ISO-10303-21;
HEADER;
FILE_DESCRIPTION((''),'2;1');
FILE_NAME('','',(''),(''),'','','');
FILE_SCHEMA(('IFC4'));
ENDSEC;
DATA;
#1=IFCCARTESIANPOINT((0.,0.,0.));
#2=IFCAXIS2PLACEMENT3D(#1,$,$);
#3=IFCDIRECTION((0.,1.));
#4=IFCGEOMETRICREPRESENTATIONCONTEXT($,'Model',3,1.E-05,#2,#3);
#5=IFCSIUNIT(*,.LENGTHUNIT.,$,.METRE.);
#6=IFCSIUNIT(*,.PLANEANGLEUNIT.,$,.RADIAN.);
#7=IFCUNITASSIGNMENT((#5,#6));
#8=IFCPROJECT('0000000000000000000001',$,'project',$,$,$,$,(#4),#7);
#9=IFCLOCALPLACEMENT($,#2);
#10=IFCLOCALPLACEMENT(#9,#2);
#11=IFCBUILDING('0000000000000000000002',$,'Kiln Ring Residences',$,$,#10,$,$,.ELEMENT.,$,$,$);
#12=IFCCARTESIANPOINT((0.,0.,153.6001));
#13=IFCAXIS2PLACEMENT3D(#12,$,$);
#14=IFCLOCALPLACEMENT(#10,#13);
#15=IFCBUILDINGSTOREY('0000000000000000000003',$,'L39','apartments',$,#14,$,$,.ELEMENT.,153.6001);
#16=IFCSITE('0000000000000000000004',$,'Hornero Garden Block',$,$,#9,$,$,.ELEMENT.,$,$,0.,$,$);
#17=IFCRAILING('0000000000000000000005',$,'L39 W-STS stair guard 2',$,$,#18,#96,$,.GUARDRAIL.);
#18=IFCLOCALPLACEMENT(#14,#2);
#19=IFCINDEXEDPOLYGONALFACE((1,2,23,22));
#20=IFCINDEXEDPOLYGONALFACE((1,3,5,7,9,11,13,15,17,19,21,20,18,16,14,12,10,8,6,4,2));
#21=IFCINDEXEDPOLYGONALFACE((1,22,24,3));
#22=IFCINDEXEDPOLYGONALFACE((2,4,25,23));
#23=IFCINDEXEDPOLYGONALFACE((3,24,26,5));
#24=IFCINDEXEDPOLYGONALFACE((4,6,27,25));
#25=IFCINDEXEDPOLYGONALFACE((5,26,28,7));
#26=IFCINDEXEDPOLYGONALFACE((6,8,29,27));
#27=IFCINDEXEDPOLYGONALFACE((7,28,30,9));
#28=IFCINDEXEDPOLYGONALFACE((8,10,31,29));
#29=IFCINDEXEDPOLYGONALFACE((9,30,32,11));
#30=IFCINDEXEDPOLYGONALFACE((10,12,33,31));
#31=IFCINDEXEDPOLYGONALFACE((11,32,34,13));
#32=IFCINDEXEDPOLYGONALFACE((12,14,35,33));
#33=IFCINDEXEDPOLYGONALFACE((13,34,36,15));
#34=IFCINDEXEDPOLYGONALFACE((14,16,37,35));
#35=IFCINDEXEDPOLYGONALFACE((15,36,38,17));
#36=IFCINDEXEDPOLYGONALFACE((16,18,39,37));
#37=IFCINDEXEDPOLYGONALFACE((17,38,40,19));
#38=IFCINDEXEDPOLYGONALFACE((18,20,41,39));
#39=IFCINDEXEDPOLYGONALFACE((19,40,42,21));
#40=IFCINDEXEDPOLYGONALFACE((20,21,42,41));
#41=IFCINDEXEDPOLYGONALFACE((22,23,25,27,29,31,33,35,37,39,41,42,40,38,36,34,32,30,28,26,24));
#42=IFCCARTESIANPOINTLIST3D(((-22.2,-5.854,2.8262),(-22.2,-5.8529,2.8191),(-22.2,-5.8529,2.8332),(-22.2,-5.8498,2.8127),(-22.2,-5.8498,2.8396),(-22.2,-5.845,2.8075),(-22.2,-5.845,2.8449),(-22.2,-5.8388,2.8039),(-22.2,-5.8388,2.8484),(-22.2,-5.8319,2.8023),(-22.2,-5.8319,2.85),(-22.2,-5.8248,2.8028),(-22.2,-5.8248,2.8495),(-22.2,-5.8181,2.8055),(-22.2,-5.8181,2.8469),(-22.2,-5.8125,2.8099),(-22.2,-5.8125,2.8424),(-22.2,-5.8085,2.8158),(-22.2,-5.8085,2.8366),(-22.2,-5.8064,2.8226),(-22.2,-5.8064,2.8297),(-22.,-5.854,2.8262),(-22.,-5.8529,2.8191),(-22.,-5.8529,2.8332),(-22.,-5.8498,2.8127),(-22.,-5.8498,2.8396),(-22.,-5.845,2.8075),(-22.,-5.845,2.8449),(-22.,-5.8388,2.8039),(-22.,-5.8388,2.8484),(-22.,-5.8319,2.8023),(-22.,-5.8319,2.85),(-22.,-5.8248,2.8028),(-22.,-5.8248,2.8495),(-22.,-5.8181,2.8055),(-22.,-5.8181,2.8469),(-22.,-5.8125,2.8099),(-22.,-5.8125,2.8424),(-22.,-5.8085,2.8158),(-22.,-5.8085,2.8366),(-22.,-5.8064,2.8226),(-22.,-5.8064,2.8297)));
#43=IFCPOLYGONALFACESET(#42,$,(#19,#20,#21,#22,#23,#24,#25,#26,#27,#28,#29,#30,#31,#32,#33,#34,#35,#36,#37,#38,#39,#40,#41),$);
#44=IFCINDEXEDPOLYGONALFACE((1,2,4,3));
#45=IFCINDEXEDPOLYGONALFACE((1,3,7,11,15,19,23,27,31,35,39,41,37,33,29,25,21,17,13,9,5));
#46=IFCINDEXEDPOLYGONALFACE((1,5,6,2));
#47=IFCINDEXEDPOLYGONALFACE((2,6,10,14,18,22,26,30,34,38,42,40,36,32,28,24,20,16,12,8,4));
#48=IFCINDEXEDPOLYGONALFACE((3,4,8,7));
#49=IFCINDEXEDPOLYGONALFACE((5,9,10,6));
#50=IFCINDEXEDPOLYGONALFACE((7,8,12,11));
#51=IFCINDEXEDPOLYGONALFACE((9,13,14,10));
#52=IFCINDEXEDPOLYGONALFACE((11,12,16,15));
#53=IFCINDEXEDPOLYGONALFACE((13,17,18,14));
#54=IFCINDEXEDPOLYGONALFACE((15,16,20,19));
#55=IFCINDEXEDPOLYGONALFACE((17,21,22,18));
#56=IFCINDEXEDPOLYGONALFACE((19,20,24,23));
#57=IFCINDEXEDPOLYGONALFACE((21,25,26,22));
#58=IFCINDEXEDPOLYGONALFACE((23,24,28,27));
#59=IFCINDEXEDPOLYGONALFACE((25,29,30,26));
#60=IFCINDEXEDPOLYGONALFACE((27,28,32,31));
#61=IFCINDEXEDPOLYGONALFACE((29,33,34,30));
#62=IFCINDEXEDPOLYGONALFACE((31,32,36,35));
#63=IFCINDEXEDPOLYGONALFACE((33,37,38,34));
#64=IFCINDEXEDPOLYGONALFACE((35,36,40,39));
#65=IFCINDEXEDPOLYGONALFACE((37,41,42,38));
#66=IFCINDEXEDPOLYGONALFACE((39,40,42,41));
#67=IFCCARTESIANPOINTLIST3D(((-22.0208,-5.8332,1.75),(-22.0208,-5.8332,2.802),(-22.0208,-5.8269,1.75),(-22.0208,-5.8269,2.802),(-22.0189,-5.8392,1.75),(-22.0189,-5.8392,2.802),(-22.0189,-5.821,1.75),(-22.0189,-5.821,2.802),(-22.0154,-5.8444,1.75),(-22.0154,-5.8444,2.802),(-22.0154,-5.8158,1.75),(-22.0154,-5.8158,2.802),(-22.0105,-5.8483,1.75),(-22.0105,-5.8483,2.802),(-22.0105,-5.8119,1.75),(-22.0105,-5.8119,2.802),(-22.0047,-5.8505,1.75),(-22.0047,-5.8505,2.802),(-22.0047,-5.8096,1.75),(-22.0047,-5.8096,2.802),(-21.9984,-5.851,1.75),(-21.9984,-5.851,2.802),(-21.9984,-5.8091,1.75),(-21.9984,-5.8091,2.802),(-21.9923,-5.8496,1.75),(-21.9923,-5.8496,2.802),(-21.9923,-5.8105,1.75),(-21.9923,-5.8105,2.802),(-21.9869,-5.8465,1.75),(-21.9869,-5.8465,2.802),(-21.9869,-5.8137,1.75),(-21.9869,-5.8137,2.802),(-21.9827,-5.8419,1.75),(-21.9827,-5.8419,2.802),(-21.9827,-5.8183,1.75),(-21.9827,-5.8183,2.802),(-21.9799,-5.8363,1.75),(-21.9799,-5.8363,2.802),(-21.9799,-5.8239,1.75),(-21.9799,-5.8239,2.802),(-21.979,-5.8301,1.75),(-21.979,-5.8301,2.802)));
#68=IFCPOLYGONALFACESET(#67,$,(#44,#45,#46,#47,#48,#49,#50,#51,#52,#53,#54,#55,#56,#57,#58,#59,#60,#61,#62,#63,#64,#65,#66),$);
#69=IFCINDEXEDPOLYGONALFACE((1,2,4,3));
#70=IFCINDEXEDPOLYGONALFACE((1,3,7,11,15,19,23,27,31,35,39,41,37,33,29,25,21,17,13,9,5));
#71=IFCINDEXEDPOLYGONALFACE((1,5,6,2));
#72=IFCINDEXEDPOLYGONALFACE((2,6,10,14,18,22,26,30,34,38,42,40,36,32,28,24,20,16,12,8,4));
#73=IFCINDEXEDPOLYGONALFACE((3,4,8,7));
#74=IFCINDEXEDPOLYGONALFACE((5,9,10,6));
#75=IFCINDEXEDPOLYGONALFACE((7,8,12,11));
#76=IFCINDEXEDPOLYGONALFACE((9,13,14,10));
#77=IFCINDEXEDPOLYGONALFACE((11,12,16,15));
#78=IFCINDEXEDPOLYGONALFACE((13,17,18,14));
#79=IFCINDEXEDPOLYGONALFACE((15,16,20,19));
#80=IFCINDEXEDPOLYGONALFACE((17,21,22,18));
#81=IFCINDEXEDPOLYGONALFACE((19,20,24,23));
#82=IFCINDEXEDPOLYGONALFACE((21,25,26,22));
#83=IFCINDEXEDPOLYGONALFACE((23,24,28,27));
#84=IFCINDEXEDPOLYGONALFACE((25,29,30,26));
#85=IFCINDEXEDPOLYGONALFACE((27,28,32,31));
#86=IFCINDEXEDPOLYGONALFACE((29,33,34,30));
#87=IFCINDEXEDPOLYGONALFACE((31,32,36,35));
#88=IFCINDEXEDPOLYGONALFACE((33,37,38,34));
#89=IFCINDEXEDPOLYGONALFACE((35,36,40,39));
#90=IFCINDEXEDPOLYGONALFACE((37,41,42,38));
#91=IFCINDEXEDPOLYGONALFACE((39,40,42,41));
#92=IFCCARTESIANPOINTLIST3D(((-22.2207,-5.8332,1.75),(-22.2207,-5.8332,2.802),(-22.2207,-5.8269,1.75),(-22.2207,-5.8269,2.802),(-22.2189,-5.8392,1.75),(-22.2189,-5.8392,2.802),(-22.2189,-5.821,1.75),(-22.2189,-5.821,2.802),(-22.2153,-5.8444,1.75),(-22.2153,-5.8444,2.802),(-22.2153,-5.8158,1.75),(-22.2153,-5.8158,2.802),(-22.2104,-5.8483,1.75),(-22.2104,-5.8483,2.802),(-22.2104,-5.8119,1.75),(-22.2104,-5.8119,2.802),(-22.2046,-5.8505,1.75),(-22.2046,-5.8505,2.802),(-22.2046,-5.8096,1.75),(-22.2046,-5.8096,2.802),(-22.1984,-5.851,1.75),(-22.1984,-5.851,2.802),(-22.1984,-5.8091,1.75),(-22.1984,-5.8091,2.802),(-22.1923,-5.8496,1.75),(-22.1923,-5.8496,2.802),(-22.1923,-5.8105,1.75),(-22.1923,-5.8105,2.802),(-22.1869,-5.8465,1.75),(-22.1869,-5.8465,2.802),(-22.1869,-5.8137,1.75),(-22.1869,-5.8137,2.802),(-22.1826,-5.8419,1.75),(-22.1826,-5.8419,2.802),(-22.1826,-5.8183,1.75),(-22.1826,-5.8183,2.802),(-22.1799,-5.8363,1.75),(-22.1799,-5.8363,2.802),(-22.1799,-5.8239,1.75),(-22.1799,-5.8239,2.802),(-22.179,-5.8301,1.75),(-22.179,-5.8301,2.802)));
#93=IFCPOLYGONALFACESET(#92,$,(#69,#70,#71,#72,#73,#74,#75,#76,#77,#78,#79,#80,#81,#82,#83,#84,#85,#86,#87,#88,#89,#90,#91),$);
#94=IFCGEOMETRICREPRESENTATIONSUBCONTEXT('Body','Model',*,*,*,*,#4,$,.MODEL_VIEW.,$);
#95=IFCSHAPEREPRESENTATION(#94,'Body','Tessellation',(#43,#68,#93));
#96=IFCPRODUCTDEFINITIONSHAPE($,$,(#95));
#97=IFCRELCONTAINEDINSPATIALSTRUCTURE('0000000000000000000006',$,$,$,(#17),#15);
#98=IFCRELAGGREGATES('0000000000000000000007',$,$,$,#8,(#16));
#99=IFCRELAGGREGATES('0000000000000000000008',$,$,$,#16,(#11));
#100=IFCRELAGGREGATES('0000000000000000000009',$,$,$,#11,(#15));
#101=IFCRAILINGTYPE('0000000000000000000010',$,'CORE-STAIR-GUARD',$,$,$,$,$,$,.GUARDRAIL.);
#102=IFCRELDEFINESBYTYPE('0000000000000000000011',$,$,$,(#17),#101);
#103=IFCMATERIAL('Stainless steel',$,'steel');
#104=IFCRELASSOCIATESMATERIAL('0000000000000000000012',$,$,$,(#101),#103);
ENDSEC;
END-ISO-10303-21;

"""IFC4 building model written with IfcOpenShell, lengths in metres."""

from ifc_helpers import new_model, si_unit, direction, frame, origin, origin_2d, place, context, subcontext, project, spatial, circle, extrude, material, type_object, element, save


model = new_model("IFC4")

# Units and contexts
model_context = context("Model", 3, precision=1e-05, world=origin(), true_north=direction((0.0, 1.0)))
body_context = subcontext(model_context, "Body", "Model", "MODEL_VIEW")
ifc_project = project(units=[si_unit("LENGTHUNIT", "METRE"), si_unit("PLANEANGLEUNIT", "RADIAN")], contexts=[model_context])

# Site, building, storey
site_placement = place(None, origin())
site = spatial("IfcSite", under=ifc_project, at=site_placement, Name="Hornero Garden Block", CompositionType="ELEMENT", RefElevation=0.0)
building_placement = place(site_placement, origin())
building = spatial("IfcBuilding", under=site, at=building_placement, Name="Kiln Ring Residences", CompositionType="ELEMENT")
storey_placement = place(building_placement, frame((0.0, 0.0, 153.6001)))
storey = spatial("IfcBuildingStorey", under=building, at=storey_placement, Name="L39", Description="apartments", CompositionType="ELEMENT", Elevation=153.6001)

# Railing
ifc_material_1 = material(Name="Stainless steel", Category="steel")
railing_type_1 = type_object("IfcRailingType", Name="CORE-STAIR-GUARD", PredefinedType="GUARDRAIL", material=ifc_material_1)
railing_1_placement = place(storey_placement, frame((-22.0, -5.8301, 1.75)))
element("IfcRailing", 1, at=railing_1_placement, inside=storey, type_object=railing_type_1, Name="L39 W-STS stair guard 2", PredefinedType="GUARDRAIL", context=body_context, shape_type="SweptSolid", body=[
    extrude(circle(Radius=0.0239, at=origin_2d()), frame((0.0, 0.0, 1.0762), z_axis=(-1.0, 0.0, 0.0), x_axis=(0.0, -1.0, 0.0)), (0.0, 0.0, 1.0), 0.2),
    extrude(circle(Radius=0.021, at=origin_2d()), origin(), (0.0, 0.0, 1.0), 1.052),
    extrude(circle(Radius=0.021, at=origin_2d()), frame((-0.2, 0.0, 0.0)), (0.0, 0.0, 1.0), 1.052),
])

save(model, "model.ifc")
